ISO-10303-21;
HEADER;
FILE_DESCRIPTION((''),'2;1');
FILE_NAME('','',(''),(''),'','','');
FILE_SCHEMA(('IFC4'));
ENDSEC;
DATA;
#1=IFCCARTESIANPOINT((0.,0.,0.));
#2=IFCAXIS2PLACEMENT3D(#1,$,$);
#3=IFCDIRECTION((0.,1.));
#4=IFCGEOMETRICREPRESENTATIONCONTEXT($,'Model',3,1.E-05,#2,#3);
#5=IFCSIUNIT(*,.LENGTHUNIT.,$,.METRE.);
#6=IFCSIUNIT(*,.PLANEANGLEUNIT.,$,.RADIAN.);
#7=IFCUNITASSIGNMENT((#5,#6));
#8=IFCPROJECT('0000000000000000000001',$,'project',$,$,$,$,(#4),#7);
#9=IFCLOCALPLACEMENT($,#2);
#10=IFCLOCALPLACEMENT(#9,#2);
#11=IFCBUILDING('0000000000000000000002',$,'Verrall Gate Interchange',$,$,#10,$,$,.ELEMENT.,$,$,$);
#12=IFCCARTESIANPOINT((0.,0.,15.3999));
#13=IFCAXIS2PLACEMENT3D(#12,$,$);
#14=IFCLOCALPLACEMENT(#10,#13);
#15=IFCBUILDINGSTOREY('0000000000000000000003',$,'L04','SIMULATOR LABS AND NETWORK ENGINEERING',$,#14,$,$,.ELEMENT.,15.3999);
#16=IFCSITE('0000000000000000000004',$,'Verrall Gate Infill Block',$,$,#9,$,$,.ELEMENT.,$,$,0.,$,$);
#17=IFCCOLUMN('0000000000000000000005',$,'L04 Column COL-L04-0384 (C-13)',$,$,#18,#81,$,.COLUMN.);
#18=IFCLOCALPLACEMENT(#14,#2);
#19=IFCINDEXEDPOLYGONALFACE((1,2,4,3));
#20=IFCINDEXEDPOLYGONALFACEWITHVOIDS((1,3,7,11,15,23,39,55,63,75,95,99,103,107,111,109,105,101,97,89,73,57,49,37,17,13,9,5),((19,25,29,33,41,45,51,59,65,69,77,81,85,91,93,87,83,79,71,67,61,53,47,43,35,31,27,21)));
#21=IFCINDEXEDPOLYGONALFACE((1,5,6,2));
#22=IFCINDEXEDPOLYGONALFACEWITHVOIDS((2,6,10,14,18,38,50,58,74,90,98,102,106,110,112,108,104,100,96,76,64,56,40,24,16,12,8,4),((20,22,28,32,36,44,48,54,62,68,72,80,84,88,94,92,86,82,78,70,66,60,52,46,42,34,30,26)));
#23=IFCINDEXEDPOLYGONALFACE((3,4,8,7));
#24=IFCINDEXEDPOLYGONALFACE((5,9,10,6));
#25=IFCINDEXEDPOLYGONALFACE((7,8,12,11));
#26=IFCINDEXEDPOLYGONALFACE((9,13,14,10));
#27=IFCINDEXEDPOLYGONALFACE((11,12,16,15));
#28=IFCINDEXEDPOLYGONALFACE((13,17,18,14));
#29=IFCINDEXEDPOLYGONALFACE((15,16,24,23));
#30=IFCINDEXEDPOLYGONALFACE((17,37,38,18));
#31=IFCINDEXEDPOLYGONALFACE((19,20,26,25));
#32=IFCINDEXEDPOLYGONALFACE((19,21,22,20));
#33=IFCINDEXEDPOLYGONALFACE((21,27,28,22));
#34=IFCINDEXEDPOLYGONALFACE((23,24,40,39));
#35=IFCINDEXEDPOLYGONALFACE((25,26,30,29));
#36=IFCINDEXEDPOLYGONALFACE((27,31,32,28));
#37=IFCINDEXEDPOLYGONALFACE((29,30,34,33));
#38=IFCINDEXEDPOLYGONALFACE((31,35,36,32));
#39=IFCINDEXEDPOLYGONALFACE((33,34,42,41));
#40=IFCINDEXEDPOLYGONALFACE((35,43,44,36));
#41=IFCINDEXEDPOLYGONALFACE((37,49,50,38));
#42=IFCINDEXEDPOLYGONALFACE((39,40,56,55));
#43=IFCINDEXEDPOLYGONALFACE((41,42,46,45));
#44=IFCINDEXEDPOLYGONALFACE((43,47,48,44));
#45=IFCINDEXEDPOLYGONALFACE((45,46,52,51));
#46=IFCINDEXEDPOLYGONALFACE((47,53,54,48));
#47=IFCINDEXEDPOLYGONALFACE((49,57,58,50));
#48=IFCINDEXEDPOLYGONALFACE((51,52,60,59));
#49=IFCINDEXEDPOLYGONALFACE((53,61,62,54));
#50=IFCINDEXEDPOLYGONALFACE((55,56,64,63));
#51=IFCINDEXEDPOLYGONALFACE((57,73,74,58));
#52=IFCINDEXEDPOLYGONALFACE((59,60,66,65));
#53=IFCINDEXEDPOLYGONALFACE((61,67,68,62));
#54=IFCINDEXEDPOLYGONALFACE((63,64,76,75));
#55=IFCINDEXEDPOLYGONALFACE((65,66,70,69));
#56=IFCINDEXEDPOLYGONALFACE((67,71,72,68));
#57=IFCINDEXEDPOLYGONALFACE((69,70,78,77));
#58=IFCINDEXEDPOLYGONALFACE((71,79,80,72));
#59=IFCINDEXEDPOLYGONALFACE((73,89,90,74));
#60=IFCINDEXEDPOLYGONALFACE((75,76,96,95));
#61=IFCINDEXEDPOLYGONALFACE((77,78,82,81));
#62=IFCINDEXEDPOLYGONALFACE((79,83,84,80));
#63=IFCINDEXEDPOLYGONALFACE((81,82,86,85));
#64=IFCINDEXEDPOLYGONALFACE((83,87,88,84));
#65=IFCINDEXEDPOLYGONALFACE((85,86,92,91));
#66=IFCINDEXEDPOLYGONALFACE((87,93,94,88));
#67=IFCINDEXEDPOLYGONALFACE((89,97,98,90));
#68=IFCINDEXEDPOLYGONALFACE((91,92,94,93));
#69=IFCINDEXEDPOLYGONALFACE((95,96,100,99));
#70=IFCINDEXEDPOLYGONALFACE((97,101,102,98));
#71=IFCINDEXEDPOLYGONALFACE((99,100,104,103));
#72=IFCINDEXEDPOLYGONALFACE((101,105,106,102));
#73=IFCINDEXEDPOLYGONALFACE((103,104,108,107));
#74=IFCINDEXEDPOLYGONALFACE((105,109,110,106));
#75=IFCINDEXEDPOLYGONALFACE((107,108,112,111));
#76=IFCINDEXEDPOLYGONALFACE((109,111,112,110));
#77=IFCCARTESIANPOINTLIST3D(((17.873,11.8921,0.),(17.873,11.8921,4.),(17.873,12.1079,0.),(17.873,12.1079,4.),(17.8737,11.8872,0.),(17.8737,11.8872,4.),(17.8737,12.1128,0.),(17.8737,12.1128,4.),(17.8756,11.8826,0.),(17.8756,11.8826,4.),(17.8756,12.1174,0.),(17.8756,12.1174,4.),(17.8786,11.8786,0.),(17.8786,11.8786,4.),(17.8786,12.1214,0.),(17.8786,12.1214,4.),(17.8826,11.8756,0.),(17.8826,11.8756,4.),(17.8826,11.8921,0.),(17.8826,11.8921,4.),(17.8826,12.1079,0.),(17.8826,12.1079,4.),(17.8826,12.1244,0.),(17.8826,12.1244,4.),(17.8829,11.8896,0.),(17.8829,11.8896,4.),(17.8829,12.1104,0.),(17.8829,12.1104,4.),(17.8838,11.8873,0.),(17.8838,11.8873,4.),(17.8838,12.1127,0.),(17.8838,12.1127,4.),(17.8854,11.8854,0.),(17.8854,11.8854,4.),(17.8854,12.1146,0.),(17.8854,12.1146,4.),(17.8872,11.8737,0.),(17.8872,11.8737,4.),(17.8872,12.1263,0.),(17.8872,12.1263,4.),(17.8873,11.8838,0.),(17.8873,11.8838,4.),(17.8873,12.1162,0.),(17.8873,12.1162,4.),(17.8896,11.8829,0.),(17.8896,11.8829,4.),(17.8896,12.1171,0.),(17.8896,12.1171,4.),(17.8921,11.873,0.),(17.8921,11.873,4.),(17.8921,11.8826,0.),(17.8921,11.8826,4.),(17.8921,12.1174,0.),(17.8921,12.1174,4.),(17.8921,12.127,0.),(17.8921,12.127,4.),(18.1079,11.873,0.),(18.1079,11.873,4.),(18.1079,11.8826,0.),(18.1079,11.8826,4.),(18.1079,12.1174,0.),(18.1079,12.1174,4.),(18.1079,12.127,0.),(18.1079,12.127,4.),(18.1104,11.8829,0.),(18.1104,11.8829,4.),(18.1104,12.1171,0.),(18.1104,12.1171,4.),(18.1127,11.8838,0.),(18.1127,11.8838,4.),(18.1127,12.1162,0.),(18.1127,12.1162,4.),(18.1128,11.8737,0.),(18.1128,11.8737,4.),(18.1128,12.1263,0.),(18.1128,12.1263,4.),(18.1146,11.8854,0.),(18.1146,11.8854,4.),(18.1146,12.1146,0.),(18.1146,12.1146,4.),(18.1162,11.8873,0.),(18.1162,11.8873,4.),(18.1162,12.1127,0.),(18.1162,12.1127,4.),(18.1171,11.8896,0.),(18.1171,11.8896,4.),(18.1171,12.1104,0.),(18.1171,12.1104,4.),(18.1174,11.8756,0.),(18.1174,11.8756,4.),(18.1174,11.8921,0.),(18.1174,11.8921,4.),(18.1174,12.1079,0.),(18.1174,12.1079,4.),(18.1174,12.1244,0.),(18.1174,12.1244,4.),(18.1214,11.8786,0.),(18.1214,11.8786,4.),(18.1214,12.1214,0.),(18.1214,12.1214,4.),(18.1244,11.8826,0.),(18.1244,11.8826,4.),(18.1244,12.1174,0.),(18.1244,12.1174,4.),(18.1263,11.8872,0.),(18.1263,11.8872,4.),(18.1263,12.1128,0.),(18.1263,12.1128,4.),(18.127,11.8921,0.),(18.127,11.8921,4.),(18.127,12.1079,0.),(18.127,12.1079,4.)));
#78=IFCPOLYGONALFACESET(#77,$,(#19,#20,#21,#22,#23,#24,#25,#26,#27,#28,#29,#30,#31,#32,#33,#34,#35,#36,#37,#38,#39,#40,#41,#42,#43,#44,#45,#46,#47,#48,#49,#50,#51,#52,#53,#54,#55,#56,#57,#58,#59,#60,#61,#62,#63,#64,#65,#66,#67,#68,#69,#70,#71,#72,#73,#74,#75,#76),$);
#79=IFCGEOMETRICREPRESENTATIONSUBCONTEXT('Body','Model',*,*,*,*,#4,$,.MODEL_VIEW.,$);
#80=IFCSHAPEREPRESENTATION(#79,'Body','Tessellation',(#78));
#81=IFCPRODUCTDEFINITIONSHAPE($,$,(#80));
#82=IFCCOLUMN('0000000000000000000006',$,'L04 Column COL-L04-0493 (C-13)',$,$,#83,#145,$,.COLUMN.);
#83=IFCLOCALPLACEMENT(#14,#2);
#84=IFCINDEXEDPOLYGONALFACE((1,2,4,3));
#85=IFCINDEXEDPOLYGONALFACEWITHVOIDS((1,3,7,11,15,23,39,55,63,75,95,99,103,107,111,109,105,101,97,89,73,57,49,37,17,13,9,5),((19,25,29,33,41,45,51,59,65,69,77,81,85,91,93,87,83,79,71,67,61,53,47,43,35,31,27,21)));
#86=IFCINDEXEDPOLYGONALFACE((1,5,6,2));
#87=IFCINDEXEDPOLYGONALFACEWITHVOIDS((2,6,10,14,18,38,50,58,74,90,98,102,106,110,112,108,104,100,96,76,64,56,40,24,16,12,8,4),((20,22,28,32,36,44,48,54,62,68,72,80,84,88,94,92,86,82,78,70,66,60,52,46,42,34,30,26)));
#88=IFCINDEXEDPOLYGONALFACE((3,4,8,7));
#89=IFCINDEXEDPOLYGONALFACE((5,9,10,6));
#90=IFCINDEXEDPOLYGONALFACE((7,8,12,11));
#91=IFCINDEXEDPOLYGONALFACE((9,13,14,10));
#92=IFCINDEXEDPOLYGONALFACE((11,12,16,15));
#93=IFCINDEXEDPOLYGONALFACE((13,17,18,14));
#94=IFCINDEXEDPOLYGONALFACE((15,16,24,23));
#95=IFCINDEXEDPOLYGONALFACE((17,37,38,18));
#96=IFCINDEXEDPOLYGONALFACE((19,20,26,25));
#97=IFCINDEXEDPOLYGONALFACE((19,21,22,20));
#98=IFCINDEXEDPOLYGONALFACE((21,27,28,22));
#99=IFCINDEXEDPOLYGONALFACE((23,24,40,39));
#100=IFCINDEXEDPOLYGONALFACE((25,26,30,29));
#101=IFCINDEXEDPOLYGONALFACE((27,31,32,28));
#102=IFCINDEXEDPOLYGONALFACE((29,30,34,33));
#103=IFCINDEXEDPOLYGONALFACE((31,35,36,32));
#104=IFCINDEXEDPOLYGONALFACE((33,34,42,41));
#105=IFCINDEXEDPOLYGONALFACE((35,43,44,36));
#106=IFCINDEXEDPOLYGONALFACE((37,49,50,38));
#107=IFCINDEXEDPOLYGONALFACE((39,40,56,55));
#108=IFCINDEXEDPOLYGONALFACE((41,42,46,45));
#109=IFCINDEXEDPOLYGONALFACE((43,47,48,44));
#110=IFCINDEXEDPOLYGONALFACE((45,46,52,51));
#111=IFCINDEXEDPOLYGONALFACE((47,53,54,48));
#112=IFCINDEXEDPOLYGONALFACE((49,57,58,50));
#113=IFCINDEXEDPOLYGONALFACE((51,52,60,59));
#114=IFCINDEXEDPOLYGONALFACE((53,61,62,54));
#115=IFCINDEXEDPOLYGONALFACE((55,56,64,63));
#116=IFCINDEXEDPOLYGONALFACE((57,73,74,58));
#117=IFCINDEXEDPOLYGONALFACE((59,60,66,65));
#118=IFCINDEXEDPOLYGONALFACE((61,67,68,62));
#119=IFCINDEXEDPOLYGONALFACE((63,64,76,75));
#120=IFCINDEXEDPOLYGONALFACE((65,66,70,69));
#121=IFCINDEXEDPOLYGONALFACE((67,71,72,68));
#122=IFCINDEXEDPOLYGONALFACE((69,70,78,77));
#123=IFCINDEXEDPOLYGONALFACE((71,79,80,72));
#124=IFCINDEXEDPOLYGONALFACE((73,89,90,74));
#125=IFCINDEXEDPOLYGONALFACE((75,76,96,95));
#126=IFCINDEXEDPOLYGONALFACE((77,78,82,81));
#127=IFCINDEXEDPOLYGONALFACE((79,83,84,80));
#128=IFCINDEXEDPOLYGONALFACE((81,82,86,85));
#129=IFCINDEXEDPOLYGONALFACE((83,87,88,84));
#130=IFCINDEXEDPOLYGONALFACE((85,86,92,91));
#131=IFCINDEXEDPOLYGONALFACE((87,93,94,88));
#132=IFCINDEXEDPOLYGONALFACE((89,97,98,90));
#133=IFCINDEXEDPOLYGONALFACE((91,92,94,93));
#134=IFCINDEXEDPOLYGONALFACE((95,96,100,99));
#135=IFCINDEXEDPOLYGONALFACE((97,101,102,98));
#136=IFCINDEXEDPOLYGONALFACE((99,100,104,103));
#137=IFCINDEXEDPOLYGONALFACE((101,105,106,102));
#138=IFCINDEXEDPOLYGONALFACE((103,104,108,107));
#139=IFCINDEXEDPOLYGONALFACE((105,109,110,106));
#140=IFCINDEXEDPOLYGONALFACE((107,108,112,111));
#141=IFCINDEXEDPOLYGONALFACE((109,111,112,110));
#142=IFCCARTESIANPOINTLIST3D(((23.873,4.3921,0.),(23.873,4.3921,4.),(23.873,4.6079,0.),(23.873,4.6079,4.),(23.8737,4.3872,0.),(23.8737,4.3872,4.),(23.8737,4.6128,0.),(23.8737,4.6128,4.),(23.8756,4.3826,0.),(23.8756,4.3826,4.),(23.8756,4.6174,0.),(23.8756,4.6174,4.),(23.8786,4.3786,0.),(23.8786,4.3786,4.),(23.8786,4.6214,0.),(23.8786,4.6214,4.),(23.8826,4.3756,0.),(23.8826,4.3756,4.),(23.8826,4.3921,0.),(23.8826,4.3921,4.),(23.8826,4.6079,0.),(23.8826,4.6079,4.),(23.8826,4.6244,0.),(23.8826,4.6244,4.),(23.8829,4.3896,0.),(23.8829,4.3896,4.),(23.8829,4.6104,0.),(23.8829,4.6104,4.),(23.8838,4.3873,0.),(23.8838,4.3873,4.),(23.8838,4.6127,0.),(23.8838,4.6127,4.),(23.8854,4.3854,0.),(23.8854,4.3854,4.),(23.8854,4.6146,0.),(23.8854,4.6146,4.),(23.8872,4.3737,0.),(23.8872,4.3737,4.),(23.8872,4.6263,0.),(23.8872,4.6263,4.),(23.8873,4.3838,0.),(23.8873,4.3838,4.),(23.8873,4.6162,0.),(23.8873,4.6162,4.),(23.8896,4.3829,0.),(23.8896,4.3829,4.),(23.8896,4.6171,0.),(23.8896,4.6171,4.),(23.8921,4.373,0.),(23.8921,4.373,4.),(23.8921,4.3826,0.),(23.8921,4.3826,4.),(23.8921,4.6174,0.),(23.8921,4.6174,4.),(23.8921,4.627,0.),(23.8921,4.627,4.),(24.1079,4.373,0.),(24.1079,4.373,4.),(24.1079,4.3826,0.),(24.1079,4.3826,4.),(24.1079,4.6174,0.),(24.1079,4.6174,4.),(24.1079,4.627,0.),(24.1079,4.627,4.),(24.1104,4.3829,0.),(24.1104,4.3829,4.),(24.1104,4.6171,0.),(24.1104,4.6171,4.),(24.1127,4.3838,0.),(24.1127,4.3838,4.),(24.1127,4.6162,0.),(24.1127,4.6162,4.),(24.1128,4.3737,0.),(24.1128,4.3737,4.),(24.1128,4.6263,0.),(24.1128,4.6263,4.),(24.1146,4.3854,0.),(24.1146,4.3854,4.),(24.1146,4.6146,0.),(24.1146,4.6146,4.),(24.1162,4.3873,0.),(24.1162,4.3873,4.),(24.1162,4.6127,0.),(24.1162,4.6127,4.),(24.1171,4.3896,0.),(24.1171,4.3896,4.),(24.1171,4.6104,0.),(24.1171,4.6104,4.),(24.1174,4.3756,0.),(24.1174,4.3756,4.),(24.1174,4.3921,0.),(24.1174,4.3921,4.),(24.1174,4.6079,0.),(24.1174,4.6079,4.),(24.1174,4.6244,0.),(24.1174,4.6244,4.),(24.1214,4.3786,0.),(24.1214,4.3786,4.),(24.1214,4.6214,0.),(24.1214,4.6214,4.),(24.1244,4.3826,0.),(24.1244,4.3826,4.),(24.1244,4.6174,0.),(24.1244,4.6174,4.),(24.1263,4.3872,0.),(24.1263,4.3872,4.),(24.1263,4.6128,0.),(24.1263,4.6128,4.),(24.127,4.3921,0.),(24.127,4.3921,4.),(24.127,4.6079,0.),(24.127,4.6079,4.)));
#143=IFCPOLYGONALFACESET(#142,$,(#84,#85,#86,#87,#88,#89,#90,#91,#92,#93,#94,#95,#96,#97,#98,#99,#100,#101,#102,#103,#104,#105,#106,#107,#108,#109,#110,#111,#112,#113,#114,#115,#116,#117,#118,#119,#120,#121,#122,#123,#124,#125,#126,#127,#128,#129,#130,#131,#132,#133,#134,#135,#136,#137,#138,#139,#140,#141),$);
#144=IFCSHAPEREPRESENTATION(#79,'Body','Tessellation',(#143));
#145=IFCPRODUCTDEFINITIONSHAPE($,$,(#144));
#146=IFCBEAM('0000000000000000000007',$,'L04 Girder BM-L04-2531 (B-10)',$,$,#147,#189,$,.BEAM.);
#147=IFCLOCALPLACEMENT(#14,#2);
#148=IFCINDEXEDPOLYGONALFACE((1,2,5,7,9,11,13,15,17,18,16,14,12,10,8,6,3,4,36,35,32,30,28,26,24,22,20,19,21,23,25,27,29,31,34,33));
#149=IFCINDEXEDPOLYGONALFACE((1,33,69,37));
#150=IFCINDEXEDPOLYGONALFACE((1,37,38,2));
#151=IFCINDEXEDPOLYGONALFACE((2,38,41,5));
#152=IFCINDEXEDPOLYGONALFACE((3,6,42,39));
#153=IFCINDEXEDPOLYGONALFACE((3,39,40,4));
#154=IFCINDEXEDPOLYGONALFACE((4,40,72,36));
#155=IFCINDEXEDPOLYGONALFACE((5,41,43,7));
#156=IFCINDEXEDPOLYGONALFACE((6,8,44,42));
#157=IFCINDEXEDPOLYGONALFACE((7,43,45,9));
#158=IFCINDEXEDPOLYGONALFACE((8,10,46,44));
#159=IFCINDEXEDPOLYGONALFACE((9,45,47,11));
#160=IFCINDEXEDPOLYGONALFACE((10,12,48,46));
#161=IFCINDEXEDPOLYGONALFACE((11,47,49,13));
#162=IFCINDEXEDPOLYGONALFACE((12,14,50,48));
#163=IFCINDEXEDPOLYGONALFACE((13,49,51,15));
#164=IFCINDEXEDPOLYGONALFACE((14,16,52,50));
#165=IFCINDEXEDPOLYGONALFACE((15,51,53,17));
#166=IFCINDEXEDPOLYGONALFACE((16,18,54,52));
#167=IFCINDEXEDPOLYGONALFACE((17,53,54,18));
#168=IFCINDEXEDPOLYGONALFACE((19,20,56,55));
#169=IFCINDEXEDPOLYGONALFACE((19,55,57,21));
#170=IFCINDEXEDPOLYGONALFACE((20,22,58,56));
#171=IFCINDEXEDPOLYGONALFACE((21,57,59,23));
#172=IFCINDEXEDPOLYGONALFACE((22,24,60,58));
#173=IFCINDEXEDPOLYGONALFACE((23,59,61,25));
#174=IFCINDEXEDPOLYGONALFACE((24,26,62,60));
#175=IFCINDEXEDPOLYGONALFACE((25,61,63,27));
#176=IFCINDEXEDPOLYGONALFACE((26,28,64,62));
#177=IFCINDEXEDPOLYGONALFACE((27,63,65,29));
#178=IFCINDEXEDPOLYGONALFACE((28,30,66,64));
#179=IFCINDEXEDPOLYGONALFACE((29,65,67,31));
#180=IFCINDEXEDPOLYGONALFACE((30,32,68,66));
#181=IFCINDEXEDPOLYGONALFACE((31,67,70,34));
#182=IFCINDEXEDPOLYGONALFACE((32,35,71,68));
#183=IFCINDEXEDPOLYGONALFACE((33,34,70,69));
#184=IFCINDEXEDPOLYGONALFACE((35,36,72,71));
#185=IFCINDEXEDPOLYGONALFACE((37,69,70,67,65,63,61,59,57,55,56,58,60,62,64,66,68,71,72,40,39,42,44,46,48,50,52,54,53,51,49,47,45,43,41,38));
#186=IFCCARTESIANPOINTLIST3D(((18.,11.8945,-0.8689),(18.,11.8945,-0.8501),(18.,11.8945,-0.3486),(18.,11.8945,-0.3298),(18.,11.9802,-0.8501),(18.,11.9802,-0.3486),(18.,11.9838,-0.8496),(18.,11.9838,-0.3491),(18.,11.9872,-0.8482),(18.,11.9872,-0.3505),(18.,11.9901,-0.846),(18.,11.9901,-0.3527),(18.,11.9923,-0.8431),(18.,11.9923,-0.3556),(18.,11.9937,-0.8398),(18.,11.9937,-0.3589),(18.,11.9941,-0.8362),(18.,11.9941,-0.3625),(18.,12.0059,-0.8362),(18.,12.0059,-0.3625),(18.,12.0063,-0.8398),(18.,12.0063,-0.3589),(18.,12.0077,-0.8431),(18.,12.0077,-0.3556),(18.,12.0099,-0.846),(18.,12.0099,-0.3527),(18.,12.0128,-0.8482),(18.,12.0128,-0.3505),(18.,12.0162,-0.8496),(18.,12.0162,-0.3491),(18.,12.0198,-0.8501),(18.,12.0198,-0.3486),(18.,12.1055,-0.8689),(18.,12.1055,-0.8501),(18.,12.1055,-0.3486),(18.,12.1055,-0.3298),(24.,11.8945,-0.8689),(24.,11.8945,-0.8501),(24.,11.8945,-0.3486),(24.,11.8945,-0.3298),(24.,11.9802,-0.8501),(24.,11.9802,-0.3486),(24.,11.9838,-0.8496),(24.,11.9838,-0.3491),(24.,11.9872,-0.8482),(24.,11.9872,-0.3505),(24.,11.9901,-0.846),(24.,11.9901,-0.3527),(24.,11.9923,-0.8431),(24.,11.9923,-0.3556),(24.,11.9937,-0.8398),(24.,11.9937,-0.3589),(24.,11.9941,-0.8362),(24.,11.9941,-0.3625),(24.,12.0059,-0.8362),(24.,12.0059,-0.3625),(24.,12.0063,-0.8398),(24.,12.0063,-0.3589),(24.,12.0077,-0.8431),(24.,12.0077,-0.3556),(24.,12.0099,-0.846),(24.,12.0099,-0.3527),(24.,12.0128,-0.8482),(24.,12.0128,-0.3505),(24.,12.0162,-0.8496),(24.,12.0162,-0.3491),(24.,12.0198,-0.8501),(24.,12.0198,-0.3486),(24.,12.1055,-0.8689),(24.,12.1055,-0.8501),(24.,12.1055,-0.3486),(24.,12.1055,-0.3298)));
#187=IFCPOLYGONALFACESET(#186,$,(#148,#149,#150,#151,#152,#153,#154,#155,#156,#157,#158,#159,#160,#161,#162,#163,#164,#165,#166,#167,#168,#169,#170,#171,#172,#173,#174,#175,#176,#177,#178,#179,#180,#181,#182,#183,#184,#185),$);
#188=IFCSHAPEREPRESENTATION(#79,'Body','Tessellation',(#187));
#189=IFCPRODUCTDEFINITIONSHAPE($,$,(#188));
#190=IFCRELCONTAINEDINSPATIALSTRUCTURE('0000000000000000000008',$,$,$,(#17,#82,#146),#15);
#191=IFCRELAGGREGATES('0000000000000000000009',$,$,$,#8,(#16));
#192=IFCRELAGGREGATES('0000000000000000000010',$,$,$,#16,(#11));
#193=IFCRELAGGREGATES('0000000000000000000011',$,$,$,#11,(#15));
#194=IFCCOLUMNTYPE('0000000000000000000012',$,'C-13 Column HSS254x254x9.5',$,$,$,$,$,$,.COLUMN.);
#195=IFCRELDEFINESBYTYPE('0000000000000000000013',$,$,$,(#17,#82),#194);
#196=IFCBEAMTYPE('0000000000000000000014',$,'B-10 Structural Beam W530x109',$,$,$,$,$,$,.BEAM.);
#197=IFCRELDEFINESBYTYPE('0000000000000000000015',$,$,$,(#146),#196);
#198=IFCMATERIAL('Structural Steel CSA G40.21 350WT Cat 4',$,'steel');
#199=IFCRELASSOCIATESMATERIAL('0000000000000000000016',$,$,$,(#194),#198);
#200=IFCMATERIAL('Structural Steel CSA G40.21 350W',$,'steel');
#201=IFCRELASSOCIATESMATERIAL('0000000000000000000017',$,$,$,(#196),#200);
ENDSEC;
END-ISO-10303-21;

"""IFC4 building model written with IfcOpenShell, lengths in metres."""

from ifc_helpers import new_model, si_unit, direction, frame, origin, origin_2d, place, context, subcontext, project, spatial, hollow_rectangle, i_section, extrude, material, material_profile, profile_set, type_object, element, save


model = new_model("IFC4")

# Units and contexts
model_context = context("Model", 3, precision=1e-05, world=origin(), true_north=direction((0.0, 1.0)))
body_context = subcontext(model_context, "Body", "Model", "MODEL_VIEW")
ifc_project = project(units=[si_unit("LENGTHUNIT", "METRE"), si_unit("PLANEANGLEUNIT", "RADIAN")], contexts=[model_context])

# Site, building, storey
site_placement = place(None, origin())
site = spatial("IfcSite", under=ifc_project, at=site_placement, Name="Verrall Gate Infill Block", CompositionType="ELEMENT", RefElevation=0.0)
building_placement = place(site_placement, origin())
building = spatial("IfcBuilding", under=site, at=building_placement, Name="Verrall Gate Interchange", CompositionType="ELEMENT")
storey_placement = place(building_placement, frame((0.0, 0.0, 15.3999)))
storey = spatial("IfcBuildingStorey", under=building, at=storey_placement, Name="L04", Description="SIMULATOR LABS AND NETWORK ENGINEERING", CompositionType="ELEMENT", Elevation=15.3999)

# Columns
ifc_material_1 = material(Name="Structural Steel CSA G40.21 350WT Cat 4", Category="steel")
ifc_material_profile_1 = material_profile(ifc_material_1, hollow_rectangle(XDim=0.2539, YDim=0.2539, WallThickness=0.0095, InnerFilletRadius=0.0095, OuterFilletRadius=0.019, at=origin_2d()), Name="HSS254x254x9.5")
ifc_profile_set_1 = profile_set([ifc_material_profile_1], Name="Structural Steel CSA G40.21 350WT Cat 4")
column_type_1 = type_object("IfcColumnType", Name="C-13 Column HSS254x254x9.5", PredefinedType="COLUMN", material=ifc_profile_set_1)
for number, where, z_axis, x_axis, name in (
    (1, (18.0, 12.0, 0.0), (0.0, 0.0, 1.0), (1.0, 0.0, 0.0), "L04 Column COL-L04-0384 (C-13)"),
    (2, (24.0, 4.5, 0.0), (0.0, 0.0, 1.0), (1.0, 0.0, 0.0), "L04 Column COL-L04-0493 (C-13)"),
):
    element("IfcColumn", number, at=place(storey_placement, frame(where, z_axis=z_axis, x_axis=x_axis)), inside=storey, type_object=column_type_1, Name=name, PredefinedType="COLUMN", context=body_context, shape_type="SweptSolid", body=[
        extrude(hollow_rectangle(XDim=0.2539, YDim=0.2539, WallThickness=0.0095, InnerFilletRadius=0.0095, OuterFilletRadius=0.019, at=origin_2d()), origin(), (0.0, 0.0, 1.0), 4.0),
    ])

# Beam
ifc_material_2 = material(Name="Structural Steel CSA G40.21 350W", Category="steel")
ifc_material_profile_2 = material_profile(ifc_material_2, i_section(OverallWidth=0.2109, OverallDepth=0.5391, WebThickness=0.0117, FlangeThickness=0.0188, FilletRadius=0.0139, at=origin_2d()), Name="W530x109")
ifc_profile_set_2 = profile_set([ifc_material_profile_2], Name="Structural Steel CSA G40.21 350W")
beam_type_1 = type_object("IfcBeamType", Name="B-10 Structural Beam W530x109", PredefinedType="BEAM", material=ifc_profile_set_2)
beam_1_placement = place(storey_placement, frame((18.0, 12.0, -0.5994), z_axis=(1.0, 0.0, 0.0), x_axis=(0.0, 1.0, 0.0)))
element("IfcBeam", 3, at=beam_1_placement, inside=storey, type_object=beam_type_1, Name="L04 Girder BM-L04-2531 (B-10)", PredefinedType="BEAM", context=body_context, shape_type="SweptSolid", body=[
    extrude(i_section(OverallWidth=0.2109, OverallDepth=0.5391, WebThickness=0.0117, FlangeThickness=0.0188, FilletRadius=0.0139, at=origin_2d()), origin(), (0.0, 0.0, 1.0), 6.0),
])

save(model, "model.ifc")
